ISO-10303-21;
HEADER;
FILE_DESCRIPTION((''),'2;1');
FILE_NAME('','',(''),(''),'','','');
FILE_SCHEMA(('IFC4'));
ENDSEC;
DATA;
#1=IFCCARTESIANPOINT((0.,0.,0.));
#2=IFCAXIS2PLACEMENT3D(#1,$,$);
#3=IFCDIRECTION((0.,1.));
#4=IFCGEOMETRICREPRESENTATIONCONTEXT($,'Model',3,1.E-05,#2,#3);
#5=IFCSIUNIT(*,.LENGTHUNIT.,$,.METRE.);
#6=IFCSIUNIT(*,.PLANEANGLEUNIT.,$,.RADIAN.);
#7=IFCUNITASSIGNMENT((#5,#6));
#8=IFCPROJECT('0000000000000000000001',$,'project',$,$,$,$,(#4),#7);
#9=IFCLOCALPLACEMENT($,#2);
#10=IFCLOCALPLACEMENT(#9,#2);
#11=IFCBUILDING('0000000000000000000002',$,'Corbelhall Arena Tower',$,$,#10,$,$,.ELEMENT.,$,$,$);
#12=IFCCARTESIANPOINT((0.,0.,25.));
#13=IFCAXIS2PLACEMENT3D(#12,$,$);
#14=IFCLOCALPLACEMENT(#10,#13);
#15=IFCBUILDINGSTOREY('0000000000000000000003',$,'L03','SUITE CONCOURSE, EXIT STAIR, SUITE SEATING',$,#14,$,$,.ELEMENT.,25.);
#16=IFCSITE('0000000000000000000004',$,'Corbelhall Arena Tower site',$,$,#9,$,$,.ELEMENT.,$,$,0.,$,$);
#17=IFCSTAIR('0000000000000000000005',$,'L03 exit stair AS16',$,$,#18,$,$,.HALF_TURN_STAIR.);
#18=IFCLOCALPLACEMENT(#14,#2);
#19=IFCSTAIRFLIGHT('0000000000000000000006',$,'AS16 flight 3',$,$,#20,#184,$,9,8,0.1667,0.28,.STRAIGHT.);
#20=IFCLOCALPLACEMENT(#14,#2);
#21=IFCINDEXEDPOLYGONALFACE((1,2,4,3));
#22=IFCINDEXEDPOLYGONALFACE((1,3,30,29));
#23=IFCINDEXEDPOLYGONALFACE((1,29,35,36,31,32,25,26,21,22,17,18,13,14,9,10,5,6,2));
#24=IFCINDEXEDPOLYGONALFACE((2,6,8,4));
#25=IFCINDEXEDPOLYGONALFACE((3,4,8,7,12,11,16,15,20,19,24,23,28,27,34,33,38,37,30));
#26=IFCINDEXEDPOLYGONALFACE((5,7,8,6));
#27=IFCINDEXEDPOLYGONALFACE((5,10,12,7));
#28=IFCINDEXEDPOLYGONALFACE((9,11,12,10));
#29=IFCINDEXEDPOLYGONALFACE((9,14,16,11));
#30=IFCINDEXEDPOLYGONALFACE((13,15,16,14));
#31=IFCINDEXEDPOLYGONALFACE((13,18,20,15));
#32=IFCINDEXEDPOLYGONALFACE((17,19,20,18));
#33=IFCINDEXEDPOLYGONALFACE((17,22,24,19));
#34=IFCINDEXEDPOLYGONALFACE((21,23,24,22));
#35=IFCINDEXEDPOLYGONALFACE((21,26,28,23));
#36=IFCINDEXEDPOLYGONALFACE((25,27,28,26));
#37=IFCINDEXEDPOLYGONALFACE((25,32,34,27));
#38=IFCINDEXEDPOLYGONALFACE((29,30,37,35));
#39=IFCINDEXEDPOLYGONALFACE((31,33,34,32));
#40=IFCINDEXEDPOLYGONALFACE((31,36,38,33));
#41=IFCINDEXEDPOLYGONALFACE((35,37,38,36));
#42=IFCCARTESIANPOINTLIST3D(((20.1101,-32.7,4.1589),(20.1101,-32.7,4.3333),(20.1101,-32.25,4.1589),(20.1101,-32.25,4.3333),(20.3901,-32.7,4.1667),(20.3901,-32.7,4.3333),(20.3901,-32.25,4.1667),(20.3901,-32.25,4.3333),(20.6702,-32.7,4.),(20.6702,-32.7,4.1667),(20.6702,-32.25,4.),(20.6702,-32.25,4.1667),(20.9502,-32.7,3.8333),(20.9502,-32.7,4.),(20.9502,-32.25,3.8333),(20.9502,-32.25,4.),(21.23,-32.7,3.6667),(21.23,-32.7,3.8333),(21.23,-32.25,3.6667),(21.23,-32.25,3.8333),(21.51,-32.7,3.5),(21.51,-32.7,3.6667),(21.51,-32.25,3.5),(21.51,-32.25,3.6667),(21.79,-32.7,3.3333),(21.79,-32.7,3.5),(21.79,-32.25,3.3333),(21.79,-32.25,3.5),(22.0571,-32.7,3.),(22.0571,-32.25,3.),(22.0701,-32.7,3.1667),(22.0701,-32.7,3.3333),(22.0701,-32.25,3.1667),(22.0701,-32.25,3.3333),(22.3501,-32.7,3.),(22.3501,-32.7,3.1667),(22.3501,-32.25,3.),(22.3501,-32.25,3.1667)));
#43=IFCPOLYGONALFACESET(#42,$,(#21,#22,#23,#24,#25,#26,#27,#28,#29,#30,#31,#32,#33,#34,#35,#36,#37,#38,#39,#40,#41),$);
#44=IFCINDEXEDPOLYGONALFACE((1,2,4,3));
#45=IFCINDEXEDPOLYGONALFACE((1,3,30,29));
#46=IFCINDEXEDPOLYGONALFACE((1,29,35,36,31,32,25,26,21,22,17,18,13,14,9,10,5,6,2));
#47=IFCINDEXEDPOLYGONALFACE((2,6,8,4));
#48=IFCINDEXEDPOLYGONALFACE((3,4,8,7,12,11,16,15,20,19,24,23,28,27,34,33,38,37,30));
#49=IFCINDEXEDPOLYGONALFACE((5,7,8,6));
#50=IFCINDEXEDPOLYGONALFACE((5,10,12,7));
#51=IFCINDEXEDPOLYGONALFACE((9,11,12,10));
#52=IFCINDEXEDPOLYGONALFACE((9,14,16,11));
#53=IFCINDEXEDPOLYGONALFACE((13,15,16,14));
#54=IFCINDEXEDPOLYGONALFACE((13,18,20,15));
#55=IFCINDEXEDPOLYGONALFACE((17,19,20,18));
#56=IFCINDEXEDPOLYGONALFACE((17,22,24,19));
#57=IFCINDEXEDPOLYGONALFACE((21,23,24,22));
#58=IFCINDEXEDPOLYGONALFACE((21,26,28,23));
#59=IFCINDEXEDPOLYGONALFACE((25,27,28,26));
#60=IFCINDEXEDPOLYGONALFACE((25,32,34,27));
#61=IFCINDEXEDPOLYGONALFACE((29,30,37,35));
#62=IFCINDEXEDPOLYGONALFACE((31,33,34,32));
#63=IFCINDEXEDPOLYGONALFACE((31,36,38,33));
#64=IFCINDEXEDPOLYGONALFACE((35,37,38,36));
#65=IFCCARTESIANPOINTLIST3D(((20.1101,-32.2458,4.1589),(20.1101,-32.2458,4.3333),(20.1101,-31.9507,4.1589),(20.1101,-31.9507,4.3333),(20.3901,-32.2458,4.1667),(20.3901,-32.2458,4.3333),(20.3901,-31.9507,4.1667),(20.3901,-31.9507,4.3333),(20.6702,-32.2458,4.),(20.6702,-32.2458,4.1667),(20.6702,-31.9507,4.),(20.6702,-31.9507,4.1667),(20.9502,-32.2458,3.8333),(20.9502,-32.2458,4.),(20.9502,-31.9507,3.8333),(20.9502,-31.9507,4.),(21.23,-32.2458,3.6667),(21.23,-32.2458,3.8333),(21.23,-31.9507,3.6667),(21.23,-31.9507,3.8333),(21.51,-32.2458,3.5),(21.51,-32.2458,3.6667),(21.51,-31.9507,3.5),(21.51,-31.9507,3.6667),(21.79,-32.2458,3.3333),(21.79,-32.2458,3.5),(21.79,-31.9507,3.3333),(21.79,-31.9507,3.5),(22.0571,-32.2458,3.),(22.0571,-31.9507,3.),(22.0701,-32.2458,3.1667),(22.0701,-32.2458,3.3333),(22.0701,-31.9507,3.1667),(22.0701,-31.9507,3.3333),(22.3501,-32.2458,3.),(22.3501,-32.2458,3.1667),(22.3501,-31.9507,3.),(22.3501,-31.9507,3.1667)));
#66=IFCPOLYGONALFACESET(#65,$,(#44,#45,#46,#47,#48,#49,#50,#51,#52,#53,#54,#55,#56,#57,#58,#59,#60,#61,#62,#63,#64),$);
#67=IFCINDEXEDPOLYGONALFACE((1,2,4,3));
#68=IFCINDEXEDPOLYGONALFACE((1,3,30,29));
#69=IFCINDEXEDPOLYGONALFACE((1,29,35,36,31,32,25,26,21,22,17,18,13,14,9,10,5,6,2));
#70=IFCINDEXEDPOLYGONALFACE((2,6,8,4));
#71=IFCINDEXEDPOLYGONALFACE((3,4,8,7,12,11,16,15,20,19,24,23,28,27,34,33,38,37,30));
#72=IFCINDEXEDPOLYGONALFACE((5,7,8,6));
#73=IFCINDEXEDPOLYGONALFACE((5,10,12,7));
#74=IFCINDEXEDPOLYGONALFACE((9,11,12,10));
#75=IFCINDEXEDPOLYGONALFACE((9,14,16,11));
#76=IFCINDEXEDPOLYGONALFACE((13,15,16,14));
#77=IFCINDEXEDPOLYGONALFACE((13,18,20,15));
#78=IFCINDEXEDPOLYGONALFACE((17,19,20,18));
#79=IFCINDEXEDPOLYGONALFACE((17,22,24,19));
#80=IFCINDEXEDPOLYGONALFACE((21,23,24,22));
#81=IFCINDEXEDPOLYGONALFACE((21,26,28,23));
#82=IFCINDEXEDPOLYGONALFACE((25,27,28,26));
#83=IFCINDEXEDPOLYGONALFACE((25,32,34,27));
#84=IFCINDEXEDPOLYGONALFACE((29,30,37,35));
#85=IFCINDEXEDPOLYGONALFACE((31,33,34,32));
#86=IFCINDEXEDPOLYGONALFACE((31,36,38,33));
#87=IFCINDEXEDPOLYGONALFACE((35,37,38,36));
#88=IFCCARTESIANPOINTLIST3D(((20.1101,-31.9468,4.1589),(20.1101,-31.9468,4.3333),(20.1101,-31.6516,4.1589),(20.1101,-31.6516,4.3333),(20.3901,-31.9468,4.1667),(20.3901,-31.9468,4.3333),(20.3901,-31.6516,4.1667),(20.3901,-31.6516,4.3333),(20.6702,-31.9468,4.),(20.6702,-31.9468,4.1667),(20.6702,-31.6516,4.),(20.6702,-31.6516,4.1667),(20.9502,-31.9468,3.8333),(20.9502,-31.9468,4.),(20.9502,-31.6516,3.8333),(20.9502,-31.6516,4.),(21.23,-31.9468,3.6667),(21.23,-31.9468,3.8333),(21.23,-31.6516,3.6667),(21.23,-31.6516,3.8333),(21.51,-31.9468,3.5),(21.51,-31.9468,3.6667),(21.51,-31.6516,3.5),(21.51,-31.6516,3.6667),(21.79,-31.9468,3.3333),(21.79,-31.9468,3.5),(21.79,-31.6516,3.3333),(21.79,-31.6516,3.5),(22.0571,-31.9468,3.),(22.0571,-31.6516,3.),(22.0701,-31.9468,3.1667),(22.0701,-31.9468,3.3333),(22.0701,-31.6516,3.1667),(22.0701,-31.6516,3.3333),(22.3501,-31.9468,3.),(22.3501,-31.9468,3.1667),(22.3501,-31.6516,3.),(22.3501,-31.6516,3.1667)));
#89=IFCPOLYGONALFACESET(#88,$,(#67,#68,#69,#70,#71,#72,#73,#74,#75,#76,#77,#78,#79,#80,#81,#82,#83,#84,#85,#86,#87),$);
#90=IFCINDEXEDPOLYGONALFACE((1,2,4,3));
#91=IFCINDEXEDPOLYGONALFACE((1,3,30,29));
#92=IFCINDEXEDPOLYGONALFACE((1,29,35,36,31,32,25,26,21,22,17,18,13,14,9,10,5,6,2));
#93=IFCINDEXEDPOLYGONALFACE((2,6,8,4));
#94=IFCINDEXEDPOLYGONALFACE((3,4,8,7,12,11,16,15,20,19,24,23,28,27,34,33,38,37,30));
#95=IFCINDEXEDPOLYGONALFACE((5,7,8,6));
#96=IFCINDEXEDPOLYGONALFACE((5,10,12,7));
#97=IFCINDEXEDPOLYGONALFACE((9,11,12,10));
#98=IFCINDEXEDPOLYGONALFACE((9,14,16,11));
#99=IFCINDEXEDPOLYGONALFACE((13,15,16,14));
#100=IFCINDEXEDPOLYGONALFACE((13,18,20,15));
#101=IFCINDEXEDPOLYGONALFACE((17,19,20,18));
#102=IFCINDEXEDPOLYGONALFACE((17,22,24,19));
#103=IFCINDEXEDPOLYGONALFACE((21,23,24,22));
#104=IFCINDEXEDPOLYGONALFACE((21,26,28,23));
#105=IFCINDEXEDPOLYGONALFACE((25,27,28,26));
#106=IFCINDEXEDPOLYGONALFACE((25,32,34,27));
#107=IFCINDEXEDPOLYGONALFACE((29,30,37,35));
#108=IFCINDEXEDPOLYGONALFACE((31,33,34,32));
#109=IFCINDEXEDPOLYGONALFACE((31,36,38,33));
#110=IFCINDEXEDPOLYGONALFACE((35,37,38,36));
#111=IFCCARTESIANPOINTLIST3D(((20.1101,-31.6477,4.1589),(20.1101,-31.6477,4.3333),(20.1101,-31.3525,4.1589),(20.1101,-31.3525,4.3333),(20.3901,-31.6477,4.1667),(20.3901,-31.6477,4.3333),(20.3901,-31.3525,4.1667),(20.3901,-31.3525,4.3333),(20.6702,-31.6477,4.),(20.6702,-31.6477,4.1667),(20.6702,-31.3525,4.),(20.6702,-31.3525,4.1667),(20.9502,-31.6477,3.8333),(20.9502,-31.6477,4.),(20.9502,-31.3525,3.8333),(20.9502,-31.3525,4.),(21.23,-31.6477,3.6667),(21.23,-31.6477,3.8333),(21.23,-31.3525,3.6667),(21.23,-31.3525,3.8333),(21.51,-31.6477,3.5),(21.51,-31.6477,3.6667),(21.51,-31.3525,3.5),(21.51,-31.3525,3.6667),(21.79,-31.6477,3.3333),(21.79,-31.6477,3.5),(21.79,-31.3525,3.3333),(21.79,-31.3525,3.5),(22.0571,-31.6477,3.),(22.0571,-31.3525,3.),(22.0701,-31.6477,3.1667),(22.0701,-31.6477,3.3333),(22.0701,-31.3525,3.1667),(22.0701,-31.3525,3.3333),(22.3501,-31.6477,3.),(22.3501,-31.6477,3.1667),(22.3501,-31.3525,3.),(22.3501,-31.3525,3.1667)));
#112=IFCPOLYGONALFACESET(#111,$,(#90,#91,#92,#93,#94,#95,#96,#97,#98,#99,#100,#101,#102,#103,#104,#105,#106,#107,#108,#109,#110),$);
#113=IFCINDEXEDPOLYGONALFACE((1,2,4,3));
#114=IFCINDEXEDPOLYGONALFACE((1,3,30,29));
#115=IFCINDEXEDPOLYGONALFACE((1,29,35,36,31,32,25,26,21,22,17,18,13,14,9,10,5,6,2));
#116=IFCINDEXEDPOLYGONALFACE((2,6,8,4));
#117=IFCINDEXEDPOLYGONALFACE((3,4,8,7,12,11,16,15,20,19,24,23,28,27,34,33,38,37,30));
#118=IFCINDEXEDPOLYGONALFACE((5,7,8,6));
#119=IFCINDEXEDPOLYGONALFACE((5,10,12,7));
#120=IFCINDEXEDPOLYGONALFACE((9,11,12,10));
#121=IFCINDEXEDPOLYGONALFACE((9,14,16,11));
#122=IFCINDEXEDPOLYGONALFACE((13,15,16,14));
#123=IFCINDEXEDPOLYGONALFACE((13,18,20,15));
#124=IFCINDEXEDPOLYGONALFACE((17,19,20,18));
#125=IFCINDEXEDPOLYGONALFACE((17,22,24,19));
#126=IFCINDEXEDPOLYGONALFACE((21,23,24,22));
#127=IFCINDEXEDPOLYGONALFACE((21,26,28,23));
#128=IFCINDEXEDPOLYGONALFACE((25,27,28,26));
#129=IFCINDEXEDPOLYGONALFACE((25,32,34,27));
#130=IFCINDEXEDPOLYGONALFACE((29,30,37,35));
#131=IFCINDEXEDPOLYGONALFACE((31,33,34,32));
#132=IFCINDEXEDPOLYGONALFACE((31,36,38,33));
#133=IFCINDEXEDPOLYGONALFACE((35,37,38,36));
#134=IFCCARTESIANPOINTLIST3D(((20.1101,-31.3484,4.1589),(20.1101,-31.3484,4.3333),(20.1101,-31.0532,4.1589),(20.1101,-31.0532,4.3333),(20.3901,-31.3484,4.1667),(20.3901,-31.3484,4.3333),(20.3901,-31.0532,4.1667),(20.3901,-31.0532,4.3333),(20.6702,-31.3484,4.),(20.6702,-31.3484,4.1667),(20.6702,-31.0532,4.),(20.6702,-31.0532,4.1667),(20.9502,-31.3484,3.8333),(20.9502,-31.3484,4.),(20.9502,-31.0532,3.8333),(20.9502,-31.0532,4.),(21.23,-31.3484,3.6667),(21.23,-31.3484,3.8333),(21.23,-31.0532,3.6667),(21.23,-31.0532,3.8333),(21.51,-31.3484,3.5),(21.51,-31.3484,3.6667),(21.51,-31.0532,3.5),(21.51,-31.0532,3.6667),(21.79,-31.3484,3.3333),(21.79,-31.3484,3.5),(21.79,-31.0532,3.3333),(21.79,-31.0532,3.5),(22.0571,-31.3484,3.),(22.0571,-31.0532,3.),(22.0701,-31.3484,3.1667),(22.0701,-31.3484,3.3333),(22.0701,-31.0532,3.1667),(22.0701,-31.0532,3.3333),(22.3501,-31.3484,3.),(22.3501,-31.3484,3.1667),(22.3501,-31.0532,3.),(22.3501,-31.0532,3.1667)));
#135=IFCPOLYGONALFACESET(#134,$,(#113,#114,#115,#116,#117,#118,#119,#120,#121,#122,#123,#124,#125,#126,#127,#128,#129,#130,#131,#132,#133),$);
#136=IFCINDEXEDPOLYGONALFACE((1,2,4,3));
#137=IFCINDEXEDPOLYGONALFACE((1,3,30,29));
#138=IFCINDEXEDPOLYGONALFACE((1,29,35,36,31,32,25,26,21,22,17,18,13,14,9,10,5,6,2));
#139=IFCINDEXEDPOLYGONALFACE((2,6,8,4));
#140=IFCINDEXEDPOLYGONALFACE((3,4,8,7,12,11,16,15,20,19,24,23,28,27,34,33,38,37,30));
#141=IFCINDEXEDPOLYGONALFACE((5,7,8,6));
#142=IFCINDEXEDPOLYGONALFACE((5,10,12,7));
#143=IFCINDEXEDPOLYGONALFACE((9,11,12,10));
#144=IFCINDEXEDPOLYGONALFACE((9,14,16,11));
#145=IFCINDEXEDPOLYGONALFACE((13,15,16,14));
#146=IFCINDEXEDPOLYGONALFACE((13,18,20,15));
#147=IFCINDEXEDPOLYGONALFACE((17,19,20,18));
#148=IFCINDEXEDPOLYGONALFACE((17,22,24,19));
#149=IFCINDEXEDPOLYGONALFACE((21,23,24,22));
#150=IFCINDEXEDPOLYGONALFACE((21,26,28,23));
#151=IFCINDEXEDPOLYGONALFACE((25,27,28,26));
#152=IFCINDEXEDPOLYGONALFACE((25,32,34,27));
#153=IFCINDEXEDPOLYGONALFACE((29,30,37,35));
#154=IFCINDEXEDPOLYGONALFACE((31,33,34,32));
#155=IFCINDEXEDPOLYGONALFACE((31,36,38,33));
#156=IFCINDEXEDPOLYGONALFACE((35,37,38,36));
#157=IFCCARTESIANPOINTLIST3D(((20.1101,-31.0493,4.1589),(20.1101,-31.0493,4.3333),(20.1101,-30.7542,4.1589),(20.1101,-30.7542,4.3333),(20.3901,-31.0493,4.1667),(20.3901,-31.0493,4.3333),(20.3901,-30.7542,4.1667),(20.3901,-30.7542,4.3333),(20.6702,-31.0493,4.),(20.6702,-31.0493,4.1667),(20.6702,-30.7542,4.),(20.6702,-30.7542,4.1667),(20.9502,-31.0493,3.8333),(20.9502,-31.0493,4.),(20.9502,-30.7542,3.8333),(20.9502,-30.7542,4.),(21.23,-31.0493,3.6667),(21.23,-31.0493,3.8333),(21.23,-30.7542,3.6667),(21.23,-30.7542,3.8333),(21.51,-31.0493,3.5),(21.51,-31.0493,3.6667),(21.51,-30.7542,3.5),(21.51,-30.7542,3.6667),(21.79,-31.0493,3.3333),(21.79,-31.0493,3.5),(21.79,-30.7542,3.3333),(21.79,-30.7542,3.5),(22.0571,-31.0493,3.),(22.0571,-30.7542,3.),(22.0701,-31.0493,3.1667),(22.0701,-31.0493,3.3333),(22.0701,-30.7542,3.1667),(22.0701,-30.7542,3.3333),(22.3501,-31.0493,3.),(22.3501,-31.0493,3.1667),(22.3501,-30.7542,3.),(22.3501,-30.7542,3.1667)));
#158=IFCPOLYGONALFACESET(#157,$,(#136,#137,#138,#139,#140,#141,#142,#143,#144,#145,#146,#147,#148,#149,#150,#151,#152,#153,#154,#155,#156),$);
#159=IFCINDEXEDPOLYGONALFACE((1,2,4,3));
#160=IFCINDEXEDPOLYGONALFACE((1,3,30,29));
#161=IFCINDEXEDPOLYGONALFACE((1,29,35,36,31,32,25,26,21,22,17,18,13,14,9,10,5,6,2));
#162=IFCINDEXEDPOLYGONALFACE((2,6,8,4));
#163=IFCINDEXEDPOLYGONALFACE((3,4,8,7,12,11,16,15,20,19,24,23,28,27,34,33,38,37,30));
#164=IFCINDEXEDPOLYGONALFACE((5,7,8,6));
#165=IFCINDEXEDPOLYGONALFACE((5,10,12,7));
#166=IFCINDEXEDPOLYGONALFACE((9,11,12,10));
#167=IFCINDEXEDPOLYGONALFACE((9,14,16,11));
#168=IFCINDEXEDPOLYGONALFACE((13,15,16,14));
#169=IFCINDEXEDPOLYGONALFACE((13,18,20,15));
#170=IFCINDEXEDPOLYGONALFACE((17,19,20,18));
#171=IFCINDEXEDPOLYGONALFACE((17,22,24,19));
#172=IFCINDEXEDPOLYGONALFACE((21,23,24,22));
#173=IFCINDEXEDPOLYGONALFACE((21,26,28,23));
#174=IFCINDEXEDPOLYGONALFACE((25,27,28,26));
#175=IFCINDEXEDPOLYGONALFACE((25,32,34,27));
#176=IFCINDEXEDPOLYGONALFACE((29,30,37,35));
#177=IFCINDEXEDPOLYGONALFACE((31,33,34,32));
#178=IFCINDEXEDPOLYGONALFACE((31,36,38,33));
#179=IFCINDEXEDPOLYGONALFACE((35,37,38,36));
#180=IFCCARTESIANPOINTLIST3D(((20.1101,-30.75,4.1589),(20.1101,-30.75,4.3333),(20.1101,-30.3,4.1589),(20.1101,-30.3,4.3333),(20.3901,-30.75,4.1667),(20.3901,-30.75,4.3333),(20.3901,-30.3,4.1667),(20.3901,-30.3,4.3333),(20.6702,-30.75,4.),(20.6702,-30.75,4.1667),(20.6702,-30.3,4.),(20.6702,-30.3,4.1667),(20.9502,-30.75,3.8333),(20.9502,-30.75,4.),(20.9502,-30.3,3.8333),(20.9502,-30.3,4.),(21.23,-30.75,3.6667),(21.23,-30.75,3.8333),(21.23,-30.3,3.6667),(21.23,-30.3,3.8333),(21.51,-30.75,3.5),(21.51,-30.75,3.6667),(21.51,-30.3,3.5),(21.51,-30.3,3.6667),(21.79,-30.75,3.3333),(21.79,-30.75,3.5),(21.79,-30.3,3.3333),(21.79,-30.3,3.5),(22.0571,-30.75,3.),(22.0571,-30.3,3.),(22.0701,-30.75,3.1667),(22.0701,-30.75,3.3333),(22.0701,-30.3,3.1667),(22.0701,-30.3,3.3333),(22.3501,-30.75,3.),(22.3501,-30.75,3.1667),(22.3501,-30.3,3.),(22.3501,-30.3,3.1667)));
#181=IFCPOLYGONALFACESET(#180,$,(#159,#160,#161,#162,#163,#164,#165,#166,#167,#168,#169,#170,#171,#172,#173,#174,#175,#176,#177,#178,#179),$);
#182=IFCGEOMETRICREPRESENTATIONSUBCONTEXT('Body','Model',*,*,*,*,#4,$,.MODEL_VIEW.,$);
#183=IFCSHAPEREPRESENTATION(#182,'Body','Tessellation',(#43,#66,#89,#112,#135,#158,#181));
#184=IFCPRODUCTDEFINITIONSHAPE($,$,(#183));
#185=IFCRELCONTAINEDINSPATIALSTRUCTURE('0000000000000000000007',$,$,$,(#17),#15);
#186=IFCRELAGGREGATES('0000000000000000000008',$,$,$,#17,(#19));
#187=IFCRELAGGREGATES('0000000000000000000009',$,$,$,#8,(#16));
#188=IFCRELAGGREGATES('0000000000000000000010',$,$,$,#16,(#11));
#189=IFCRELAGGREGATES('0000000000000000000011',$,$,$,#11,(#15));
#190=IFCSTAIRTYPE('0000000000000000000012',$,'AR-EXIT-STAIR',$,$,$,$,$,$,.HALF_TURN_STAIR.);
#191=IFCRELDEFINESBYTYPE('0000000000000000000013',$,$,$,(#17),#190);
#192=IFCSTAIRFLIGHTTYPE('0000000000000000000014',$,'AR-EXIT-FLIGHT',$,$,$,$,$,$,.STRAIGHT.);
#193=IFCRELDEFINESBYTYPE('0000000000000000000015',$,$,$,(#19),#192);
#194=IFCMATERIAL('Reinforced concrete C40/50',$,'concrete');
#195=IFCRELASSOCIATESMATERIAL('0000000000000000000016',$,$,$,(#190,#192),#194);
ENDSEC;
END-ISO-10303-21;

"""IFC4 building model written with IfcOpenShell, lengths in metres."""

from ifc_helpers import new_model, si_unit, direction, frame, origin, place, context, subcontext, project, spatial, polyline, outline, extrude, material, type_object, element, aggregate, save


model = new_model("IFC4")

# Units and contexts
model_context = context("Model", 3, precision=1e-05, world=origin(), true_north=direction((0.0, 1.0)))
body_context = subcontext(model_context, "Body", "Model", "MODEL_VIEW")
ifc_project = project(units=[si_unit("LENGTHUNIT", "METRE"), si_unit("PLANEANGLEUNIT", "RADIAN")], contexts=[model_context])

# Site, building, storey
site_placement = place(None, origin())
site = spatial("IfcSite", under=ifc_project, at=site_placement, Name="Corbelhall Arena Tower site", CompositionType="ELEMENT", RefElevation=0.0)
building_placement = place(site_placement, origin())
building = spatial("IfcBuilding", under=site, at=building_placement, Name="Corbelhall Arena Tower", CompositionType="ELEMENT")
storey_placement = place(building_placement, frame((0.0, 0.0, 25.0)))
storey = spatial("IfcBuildingStorey", under=building, at=storey_placement, Name="L03", Description="SUITE CONCOURSE, EXIT STAIR, SUITE SEATING", CompositionType="ELEMENT", Elevation=25.0)

# Shared definitions
ifc_material_1 = material(Name="Reinforced concrete C40/50", Category="concrete")
stair_type = type_object("IfcStairType", Name="AR-EXIT-STAIR", PredefinedType="HALF_TURN_STAIR", material=ifc_material_1)

# Shared definitions
stair_flight_type = type_object("IfcStairFlightType", Name="AR-EXIT-FLIGHT", PredefinedType="STRAIGHT", material=ifc_material_1)

# Stair, stair flight
stair_1_placement = place(storey_placement, origin())
stair_1 = element("IfcStair", 1, at=stair_1_placement, inside=storey, type_object=stair_type, Name="L03 exit stair AS16", PredefinedType="HALF_TURN_STAIR")
stair_flight_1_placement = place(storey_placement, frame((22.3501, -31.5, 3.0), z_axis=(0.0, 0.0, 1.0), x_axis=(-1.0, 0.0, 0.0)))
stair_flight_1 = element("IfcStairFlight", 2, at=stair_flight_1_placement, type_object=stair_flight_type, Name="AS16 flight 3", NumberOfRisers=9, NumberOfTreads=8, PredefinedType="STRAIGHT", RiserHeight=0.1667, TreadLength=0.28, context=body_context, shape_type="SweptSolid", body=[
    extrude(outline(polyline([(0.0, 0.0), (0.0, 0.1667), (0.28, 0.1667), (0.28, 0.3333), (0.5601, 0.3333), (0.5601, 0.5), (0.8401, 0.5), (0.8401, 0.6667), (1.1201, 0.6667), (1.1201, 0.8333), (1.3999, 0.8333), (1.3999, 1.0), (1.6799, 1.0), (1.6799, 1.1667), (1.96, 1.1667), (1.96, 1.3333), (2.24, 1.3333), (2.24, 1.5), (2.24, 1.1589), (0.293, 0.0), (0.0, 0.0)])), frame((0.0, 1.2, 0.0), z_axis=(0.0, -1.0, 0.0), x_axis=(1.0, 0.0, 0.0)), (0.0, 0.0, 1.0), 0.45),
    extrude(outline(polyline([(0.0, 0.0), (0.0, 0.1667), (0.28, 0.1667), (0.28, 0.3333), (0.5601, 0.3333), (0.5601, 0.5), (0.8401, 0.5), (0.8401, 0.6667), (1.1201, 0.6667), (1.1201, 0.8333), (1.3999, 0.8333), (1.3999, 1.0), (1.6799, 1.0), (1.6799, 1.1667), (1.96, 1.1667), (1.96, 1.3333), (2.24, 1.3333), (2.24, 1.5), (2.24, 1.1589), (0.293, 0.0), (0.0, 0.0)])), frame((0.0, 0.7458, 0.0), z_axis=(0.0, -1.0, 0.0), x_axis=(1.0, 0.0, 0.0)), (0.0, 0.0, 1.0), 0.2952),
    extrude(outline(polyline([(0.0, 0.0), (0.0, 0.1667), (0.28, 0.1667), (0.28, 0.3333), (0.5601, 0.3333), (0.5601, 0.5), (0.8401, 0.5), (0.8401, 0.6667), (1.1201, 0.6667), (1.1201, 0.8333), (1.3999, 0.8333), (1.3999, 1.0), (1.6799, 1.0), (1.6799, 1.1667), (1.96, 1.1667), (1.96, 1.3333), (2.24, 1.3333), (2.24, 1.5), (2.24, 1.1589), (0.293, 0.0), (0.0, 0.0)])), frame((0.0, 0.4468, 0.0), z_axis=(0.0, -1.0, 0.0), x_axis=(1.0, 0.0, 0.0)), (0.0, 0.0, 1.0), 0.2952),
    extrude(outline(polyline([(0.0, 0.0), (0.0, 0.1667), (0.28, 0.1667), (0.28, 0.3333), (0.5601, 0.3333), (0.5601, 0.5), (0.8401, 0.5), (0.8401, 0.6667), (1.1201, 0.6667), (1.1201, 0.8333), (1.3999, 0.8333), (1.3999, 1.0), (1.6799, 1.0), (1.6799, 1.1667), (1.96, 1.1667), (1.96, 1.3333), (2.24, 1.3333), (2.24, 1.5), (2.24, 1.1589), (0.293, 0.0), (0.0, 0.0)])), frame((0.0, 0.1477, 0.0), z_axis=(0.0, -1.0, 0.0), x_axis=(1.0, 0.0, 0.0)), (0.0, 0.0, 1.0), 0.2952),
    extrude(outline(polyline([(0.0, 0.0), (0.0, 0.1667), (0.28, 0.1667), (0.28, 0.3333), (0.5601, 0.3333), (0.5601, 0.5), (0.8401, 0.5), (0.8401, 0.6667), (1.1201, 0.6667), (1.1201, 0.8333), (1.3999, 0.8333), (1.3999, 1.0), (1.6799, 1.0), (1.6799, 1.1667), (1.96, 1.1667), (1.96, 1.3333), (2.24, 1.3333), (2.24, 1.5), (2.24, 1.1589), (0.293, 0.0), (0.0, 0.0)])), frame((0.0, -0.1516, 0.0), z_axis=(0.0, -1.0, 0.0), x_axis=(1.0, 0.0, 0.0)), (0.0, 0.0, 1.0), 0.2952),
    extrude(outline(polyline([(0.0, 0.0), (0.0, 0.1667), (0.28, 0.1667), (0.28, 0.3333), (0.5601, 0.3333), (0.5601, 0.5), (0.8401, 0.5), (0.8401, 0.6667), (1.1201, 0.6667), (1.1201, 0.8333), (1.3999, 0.8333), (1.3999, 1.0), (1.6799, 1.0), (1.6799, 1.1667), (1.96, 1.1667), (1.96, 1.3333), (2.24, 1.3333), (2.24, 1.5), (2.24, 1.1589), (0.293, 0.0), (0.0, 0.0)])), frame((0.0, -0.4507, 0.0), z_axis=(0.0, -1.0, 0.0), x_axis=(1.0, 0.0, 0.0)), (0.0, 0.0, 1.0), 0.2952),
    extrude(outline(polyline([(0.0, 0.0), (0.0, 0.1667), (0.28, 0.1667), (0.28, 0.3333), (0.5601, 0.3333), (0.5601, 0.5), (0.8401, 0.5), (0.8401, 0.6667), (1.1201, 0.6667), (1.1201, 0.8333), (1.3999, 0.8333), (1.3999, 1.0), (1.6799, 1.0), (1.6799, 1.1667), (1.96, 1.1667), (1.96, 1.3333), (2.24, 1.3333), (2.24, 1.5), (2.24, 1.1589), (0.293, 0.0), (0.0, 0.0)])), frame((0.0, -0.75, 0.0), z_axis=(0.0, -1.0, 0.0), x_axis=(1.0, 0.0, 0.0)), (0.0, 0.0, 1.0), 0.45),
])
aggregate(stair_1, [stair_flight_1])

save(model, "model.ifc")
